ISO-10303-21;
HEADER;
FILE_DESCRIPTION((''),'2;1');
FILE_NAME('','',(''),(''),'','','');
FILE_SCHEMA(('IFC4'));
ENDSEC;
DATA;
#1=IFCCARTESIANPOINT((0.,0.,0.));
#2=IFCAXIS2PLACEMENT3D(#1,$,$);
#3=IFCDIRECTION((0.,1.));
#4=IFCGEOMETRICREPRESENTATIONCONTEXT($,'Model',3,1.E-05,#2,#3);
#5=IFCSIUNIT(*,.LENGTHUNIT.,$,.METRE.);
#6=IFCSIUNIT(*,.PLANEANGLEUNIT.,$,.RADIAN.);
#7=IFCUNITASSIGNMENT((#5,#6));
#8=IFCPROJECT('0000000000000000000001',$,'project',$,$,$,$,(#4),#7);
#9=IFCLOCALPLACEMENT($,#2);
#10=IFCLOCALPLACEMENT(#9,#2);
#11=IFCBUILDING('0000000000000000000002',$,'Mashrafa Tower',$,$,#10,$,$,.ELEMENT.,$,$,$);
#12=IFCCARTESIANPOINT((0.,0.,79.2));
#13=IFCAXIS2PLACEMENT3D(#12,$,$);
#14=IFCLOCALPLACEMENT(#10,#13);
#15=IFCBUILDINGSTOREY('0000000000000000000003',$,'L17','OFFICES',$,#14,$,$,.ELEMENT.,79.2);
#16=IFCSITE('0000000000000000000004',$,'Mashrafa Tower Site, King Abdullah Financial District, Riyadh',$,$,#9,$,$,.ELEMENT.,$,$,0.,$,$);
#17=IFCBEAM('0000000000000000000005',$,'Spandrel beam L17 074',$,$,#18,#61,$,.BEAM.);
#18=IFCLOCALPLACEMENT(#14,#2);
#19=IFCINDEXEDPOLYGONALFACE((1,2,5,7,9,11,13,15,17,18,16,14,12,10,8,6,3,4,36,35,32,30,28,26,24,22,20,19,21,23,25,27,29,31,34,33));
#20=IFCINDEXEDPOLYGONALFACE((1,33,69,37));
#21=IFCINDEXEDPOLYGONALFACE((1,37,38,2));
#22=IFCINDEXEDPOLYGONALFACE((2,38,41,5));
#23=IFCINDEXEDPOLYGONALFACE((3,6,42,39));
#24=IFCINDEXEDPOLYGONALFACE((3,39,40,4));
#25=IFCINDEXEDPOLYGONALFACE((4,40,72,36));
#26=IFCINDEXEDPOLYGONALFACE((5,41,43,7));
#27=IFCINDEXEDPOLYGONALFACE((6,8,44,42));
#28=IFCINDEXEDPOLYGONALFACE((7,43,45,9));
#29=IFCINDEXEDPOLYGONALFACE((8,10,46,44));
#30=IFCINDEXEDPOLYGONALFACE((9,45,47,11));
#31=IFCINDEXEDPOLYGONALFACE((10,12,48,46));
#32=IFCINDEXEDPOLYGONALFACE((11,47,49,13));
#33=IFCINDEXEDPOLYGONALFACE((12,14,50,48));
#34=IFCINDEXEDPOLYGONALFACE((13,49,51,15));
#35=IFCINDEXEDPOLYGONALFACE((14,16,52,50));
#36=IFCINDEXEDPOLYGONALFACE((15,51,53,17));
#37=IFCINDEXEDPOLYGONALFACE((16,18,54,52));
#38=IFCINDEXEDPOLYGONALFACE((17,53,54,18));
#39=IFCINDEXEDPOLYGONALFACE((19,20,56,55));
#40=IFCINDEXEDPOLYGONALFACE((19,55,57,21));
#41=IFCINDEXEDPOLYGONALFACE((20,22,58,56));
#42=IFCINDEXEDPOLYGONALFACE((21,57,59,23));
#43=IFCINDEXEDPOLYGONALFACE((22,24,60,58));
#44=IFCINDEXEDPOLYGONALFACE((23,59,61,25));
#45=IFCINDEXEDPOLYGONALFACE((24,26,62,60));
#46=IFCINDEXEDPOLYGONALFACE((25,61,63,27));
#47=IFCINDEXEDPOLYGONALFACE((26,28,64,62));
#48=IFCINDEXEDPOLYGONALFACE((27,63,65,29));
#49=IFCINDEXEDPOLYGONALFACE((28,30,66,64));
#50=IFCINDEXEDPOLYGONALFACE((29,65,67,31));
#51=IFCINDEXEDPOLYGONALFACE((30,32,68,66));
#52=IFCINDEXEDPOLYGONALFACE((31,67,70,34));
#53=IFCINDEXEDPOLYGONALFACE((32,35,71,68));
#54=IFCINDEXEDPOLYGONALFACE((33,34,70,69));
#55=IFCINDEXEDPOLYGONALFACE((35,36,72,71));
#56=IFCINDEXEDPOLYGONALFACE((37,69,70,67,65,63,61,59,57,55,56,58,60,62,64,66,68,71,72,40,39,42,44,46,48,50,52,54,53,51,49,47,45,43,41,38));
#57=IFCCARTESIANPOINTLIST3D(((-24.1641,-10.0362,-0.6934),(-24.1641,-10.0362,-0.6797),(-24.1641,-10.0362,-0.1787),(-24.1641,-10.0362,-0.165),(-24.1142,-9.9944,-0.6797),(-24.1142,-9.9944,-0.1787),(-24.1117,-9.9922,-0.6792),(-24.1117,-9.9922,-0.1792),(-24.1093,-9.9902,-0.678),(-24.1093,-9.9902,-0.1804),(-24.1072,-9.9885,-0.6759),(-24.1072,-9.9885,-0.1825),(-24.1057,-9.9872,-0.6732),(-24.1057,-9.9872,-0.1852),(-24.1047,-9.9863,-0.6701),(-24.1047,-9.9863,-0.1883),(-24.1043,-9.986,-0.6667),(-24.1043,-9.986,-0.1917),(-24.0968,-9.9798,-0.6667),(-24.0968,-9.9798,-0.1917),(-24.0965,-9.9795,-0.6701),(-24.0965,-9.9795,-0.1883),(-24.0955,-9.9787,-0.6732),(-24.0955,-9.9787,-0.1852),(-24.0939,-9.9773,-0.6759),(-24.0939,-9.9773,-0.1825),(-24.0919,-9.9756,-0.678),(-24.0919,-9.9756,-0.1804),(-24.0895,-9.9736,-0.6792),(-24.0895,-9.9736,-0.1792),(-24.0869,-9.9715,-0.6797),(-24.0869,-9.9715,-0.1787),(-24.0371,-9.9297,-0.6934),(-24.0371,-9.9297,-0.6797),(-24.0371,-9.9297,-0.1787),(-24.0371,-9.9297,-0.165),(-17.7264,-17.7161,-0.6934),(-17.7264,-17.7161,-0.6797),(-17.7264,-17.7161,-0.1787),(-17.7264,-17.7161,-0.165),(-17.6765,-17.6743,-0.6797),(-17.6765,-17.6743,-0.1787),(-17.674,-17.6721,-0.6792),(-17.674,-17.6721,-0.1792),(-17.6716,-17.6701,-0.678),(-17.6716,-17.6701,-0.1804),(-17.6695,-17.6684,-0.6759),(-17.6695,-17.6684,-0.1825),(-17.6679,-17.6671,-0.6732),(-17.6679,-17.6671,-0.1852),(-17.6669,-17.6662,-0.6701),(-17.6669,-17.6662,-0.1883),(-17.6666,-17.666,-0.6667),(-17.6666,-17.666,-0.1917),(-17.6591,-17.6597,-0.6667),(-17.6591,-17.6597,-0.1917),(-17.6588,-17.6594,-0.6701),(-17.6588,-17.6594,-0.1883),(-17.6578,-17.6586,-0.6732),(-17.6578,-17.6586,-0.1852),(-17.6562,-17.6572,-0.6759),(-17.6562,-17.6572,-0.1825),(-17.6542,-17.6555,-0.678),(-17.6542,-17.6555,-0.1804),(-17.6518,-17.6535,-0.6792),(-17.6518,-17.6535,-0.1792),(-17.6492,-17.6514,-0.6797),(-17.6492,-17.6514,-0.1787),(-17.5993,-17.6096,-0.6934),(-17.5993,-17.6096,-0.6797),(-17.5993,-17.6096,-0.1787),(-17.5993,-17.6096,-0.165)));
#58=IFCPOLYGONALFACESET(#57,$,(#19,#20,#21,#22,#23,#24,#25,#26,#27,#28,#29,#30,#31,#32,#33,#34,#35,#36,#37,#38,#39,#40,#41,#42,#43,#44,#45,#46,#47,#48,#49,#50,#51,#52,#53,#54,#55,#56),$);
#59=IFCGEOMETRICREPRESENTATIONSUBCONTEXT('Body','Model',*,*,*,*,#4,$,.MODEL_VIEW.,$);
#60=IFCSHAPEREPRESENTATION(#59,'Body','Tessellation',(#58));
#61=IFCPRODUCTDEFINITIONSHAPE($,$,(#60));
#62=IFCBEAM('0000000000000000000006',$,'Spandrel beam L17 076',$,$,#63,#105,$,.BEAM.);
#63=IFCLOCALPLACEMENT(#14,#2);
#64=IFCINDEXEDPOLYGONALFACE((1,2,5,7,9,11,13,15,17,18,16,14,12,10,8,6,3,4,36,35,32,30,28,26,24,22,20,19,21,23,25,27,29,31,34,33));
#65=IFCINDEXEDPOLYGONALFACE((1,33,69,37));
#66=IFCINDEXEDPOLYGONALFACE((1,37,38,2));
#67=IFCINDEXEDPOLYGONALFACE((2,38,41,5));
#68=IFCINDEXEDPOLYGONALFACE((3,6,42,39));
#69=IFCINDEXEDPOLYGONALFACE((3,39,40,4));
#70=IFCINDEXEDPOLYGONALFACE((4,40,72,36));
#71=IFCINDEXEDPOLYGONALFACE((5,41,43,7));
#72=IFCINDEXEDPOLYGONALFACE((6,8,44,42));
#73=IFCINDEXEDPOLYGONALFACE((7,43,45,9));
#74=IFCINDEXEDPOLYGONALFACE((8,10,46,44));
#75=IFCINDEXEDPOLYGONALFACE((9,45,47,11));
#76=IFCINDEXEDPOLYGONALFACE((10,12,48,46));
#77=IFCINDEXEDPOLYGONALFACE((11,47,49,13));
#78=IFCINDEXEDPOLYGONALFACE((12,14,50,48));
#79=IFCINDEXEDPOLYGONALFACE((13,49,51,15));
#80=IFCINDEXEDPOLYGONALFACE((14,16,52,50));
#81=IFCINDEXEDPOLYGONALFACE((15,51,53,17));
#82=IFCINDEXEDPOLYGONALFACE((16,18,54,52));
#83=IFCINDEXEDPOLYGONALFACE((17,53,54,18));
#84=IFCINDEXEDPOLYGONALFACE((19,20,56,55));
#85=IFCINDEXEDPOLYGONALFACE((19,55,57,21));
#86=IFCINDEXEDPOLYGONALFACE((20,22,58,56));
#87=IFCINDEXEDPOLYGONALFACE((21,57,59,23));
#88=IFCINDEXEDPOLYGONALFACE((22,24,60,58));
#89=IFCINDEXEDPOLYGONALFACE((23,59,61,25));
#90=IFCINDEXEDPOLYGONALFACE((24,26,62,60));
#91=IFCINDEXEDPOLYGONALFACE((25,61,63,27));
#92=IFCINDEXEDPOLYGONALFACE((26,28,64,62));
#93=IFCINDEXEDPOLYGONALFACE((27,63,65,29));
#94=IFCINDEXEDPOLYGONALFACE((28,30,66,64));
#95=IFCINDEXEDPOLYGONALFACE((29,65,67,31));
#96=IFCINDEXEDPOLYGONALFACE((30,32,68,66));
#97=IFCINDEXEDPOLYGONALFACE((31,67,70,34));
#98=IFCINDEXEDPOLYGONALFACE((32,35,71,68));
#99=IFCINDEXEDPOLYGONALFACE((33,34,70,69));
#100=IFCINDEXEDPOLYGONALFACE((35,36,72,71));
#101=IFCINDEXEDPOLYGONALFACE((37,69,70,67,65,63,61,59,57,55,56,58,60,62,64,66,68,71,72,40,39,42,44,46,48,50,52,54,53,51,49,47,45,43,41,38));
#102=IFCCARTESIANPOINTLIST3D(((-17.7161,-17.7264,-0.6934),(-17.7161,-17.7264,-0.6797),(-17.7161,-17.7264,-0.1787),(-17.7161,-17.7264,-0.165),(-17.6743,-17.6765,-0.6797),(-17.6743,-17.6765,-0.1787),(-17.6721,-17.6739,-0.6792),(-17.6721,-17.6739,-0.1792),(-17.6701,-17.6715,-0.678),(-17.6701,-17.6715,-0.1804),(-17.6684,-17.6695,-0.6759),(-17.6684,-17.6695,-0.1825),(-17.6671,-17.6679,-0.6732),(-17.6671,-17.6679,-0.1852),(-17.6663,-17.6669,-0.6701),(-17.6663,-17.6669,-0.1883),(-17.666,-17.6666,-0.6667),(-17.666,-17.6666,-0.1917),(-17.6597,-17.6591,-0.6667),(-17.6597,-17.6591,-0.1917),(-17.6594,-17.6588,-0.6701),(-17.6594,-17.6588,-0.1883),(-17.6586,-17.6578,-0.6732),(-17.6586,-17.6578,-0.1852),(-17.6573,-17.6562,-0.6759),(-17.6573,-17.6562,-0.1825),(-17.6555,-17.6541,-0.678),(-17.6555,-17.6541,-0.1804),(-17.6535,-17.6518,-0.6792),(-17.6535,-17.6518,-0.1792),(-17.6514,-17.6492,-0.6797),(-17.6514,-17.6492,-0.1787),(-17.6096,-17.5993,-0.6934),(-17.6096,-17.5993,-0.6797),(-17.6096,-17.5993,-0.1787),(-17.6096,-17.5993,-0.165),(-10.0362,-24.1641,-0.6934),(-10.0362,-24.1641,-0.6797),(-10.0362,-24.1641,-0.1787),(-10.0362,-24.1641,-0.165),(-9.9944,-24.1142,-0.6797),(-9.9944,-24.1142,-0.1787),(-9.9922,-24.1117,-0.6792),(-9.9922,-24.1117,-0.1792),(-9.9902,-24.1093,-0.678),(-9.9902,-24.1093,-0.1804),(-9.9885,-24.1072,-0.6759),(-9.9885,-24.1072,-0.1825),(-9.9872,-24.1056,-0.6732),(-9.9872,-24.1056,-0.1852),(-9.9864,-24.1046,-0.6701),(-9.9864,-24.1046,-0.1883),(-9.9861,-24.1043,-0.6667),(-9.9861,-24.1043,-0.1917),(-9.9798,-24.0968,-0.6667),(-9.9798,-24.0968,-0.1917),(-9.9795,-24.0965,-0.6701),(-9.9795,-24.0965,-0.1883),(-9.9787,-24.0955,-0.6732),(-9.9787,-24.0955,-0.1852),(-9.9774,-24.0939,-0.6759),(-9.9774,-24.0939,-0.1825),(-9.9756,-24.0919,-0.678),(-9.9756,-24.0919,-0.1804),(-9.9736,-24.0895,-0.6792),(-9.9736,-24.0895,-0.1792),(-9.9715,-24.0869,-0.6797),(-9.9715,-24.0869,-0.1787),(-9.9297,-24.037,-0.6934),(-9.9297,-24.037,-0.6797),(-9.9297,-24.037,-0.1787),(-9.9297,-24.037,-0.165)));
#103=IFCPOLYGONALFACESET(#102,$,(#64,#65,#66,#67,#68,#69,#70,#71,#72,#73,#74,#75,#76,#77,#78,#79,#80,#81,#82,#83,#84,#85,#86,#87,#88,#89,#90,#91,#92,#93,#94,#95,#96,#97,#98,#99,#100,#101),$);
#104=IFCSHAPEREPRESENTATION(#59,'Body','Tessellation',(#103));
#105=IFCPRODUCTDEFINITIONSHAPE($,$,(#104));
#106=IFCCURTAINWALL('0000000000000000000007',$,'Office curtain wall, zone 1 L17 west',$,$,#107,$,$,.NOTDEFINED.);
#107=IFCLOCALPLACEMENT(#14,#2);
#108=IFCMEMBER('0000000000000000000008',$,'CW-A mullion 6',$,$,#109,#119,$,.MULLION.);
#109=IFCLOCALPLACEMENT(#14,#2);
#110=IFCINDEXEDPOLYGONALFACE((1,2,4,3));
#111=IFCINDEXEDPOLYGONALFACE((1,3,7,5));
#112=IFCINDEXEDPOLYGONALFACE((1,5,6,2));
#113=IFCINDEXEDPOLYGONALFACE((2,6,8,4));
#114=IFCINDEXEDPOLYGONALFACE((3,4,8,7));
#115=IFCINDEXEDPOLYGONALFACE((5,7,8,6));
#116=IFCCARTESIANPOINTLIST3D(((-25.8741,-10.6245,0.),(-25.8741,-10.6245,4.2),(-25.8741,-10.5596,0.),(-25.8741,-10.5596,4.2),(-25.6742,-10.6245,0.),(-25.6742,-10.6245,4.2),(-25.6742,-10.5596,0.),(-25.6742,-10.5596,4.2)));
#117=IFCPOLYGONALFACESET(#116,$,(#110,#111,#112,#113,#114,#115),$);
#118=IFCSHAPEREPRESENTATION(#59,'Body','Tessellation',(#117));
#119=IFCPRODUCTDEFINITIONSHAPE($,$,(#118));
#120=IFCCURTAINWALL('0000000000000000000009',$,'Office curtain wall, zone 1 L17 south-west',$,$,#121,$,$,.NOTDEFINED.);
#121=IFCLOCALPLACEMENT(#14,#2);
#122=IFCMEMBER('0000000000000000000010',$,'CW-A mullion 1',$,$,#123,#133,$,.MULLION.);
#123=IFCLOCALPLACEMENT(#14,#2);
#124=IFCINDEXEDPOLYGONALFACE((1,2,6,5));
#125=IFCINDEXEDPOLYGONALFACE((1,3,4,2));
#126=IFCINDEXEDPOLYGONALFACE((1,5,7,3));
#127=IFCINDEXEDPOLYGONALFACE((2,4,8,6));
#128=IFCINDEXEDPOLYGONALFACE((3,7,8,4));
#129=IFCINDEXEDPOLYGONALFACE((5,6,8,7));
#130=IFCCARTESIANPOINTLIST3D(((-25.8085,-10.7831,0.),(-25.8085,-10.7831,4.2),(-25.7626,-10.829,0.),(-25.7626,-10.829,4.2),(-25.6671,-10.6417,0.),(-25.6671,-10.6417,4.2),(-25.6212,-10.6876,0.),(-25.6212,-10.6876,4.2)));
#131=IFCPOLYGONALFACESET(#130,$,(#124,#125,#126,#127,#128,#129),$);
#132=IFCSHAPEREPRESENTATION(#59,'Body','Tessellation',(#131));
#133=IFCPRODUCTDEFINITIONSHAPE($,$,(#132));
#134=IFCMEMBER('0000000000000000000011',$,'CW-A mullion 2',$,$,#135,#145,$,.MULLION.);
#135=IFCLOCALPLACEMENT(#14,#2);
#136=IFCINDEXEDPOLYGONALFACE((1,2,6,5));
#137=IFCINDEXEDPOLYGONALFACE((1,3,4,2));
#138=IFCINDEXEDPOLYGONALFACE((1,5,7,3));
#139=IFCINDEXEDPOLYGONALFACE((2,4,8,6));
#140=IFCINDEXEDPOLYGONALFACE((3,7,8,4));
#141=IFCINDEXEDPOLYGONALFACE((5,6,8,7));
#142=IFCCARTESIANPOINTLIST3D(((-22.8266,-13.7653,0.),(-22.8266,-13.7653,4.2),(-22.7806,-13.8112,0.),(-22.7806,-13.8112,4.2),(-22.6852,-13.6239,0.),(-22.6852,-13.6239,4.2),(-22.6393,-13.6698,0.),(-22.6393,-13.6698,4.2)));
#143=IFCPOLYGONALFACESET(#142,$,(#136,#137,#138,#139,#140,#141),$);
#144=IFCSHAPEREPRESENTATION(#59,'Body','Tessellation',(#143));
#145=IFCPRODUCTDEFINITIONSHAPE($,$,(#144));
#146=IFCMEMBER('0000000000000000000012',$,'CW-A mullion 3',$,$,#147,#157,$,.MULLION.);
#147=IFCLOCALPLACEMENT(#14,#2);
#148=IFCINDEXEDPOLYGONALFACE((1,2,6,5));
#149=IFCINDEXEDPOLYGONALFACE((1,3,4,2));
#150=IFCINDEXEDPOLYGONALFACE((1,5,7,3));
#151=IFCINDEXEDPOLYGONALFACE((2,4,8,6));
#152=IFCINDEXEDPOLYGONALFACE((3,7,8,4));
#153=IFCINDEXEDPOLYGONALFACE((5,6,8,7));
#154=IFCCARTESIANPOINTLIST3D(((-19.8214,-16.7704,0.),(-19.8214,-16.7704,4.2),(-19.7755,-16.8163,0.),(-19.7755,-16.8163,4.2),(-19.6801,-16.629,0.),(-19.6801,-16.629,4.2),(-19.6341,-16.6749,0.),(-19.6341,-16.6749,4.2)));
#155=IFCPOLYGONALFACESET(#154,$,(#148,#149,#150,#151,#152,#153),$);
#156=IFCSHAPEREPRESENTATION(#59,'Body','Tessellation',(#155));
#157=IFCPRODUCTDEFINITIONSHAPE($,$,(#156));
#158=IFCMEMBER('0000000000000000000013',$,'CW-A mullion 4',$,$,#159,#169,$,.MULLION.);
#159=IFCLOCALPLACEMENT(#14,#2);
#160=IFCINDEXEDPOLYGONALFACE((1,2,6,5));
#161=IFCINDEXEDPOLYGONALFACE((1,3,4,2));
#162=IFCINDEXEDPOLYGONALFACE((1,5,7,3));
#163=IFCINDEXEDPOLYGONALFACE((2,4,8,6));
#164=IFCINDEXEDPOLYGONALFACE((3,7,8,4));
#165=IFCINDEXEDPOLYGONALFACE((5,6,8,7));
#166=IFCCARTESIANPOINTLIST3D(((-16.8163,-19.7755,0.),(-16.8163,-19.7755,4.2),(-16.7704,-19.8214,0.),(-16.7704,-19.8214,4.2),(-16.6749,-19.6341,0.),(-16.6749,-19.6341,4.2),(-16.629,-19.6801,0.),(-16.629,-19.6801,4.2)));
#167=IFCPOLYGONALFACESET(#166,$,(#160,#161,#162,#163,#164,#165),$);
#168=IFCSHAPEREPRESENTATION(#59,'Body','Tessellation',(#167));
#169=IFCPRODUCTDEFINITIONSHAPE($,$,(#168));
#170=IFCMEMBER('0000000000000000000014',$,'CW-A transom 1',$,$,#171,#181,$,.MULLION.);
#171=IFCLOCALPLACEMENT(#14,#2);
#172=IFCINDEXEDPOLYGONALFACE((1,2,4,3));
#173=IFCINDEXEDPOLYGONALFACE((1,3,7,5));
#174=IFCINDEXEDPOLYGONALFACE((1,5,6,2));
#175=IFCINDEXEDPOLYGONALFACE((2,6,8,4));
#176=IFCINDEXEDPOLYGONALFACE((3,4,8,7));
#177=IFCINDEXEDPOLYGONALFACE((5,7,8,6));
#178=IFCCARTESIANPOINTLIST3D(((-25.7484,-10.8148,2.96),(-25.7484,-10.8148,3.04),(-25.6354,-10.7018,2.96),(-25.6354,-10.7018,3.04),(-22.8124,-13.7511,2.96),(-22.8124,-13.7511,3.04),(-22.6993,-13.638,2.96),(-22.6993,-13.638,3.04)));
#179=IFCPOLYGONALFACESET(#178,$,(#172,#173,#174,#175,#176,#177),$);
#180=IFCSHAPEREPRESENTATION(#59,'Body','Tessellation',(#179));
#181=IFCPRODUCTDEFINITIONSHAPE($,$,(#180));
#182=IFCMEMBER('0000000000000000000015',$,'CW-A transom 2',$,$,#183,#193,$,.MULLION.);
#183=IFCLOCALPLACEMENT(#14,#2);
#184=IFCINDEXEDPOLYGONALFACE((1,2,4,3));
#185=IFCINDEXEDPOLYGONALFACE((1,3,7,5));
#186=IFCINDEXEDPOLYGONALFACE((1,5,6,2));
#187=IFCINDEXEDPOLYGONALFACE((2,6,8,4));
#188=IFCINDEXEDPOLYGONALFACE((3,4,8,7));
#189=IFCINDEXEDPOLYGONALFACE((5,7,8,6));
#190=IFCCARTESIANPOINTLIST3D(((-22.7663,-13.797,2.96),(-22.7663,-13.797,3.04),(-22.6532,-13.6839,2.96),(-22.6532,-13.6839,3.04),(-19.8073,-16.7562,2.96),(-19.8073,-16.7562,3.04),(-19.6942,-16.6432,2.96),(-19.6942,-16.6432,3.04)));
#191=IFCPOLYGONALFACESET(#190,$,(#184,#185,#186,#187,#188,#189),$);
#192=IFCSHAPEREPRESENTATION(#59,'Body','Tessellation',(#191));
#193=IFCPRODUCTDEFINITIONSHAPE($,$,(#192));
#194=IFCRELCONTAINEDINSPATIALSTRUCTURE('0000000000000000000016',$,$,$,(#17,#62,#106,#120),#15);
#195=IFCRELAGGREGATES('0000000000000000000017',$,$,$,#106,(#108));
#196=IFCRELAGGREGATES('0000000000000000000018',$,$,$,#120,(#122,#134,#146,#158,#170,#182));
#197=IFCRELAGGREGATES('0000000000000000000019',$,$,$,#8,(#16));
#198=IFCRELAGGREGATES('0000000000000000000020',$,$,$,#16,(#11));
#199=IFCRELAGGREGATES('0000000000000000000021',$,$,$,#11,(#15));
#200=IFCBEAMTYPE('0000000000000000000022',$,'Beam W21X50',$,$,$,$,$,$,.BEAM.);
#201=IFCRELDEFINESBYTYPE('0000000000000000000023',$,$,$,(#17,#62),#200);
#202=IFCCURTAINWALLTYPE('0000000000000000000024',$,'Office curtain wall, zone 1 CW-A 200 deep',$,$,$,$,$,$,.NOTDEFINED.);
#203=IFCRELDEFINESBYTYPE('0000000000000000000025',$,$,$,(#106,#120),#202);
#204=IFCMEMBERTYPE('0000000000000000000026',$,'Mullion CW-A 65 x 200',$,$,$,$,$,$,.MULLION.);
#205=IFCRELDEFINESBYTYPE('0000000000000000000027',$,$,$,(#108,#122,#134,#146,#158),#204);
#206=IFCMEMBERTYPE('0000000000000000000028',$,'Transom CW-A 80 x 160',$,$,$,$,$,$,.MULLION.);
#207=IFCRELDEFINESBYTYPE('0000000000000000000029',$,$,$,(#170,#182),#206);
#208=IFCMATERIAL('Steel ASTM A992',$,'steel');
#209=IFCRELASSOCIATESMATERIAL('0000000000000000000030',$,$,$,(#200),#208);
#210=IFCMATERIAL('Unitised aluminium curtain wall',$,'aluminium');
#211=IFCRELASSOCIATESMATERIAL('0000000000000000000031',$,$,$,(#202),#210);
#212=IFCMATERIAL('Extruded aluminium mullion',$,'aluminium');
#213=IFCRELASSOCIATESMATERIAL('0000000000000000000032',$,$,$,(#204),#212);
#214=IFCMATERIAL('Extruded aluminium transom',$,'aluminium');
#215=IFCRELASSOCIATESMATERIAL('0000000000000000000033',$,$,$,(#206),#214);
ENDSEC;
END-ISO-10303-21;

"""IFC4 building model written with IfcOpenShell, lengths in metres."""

from ifc_helpers import new_model, si_unit, direction, frame, origin, origin_2d, place, context, subcontext, project, spatial, rectangle, i_section, extrude, source, transform, mapped, material, material_profile, profile_set, type_object, type_shapes, element, aggregate, save


model = new_model("IFC4")

# Units and contexts
model_context = context("Model", 3, precision=1e-05, world=origin(), true_north=direction((0.0, 1.0)))
body_context = subcontext(model_context, "Body", "Model", "MODEL_VIEW")
ifc_project = project(units=[si_unit("LENGTHUNIT", "METRE"), si_unit("PLANEANGLEUNIT", "RADIAN")], contexts=[model_context])

# Site, building, storey
site_placement = place(None, origin())
site = spatial("IfcSite", under=ifc_project, at=site_placement, Name="Mashrafa Tower Site, King Abdullah Financial District, Riyadh", CompositionType="ELEMENT", RefElevation=0.0)
building_placement = place(site_placement, origin())
building = spatial("IfcBuilding", under=site, at=building_placement, Name="Mashrafa Tower", CompositionType="ELEMENT")
storey_placement = place(building_placement, frame((0.0, 0.0, 79.2)))
storey = spatial("IfcBuildingStorey", under=building, at=storey_placement, Name="L17", Description="OFFICES", CompositionType="ELEMENT", Elevation=79.2)

# Beams
ifc_material_1 = material(Name="Steel ASTM A992", Category="steel")
ifc_material_profile_1 = material_profile(ifc_material_1, i_section(OverallWidth=0.1658, OverallDepth=0.5283, WebThickness=0.0098, FlangeThickness=0.0137, FilletRadius=0.0129, at=origin_2d()), Name="W21X50")
ifc_profile_set_1 = profile_set([ifc_material_profile_1], Name="Steel ASTM A992")
beam_type = type_object("IfcBeamType", Name="Beam W21X50", PredefinedType="BEAM", material=ifc_profile_set_1)
for number, where, z_axis, x_axis, name in (
    (1, (-24.1006, -9.9829, -0.4292), (0.642408, -0.766363, 0.0), (0.766363, 0.642408, 0.0), "Spandrel beam L17 074"),
    (2, (-17.6628, -17.6628, -0.4292), (0.766363, -0.642408, 0.0), (0.642408, 0.766363, 0.0), "Spandrel beam L17 076"),
):
    element("IfcBeam", number, at=place(storey_placement, frame(where, z_axis=z_axis, x_axis=x_axis)), inside=storey, type_object=beam_type, Name=name, PredefinedType="BEAM", context=body_context, shape_type="SweptSolid", body=[
        extrude(i_section(OverallWidth=0.1658, OverallDepth=0.5283, WebThickness=0.0098, FlangeThickness=0.0137, FilletRadius=0.0129, at=origin_2d()), origin(), (0.0, 0.0, 1.0), 10.0212),
    ])

# Curtain wall, member
ifc_material_2 = material(Name="Unitised aluminium curtain wall", Category="aluminium")
curtain_wall_type = type_object("IfcCurtainWallType", Name="Office curtain wall, zone 1 CW-A 200 deep", PredefinedType="NOTDEFINED", material=ifc_material_2)
curtain_wall_1_placement = place(storey_placement, origin())
curtain_wall_1 = element("IfcCurtainWall", 3, at=curtain_wall_1_placement, inside=storey, type_object=curtain_wall_type, Name="Office curtain wall, zone 1 L17 west", PredefinedType="NOTDEFINED")
ifc_material_3 = material(Name="Extruded aluminium mullion", Category="aluminium")
ifc_material_profile_2 = material_profile(ifc_material_3, rectangle(XDim=0.2, YDim=0.0649, at=origin_2d()), Name="Mullion 65x200")
ifc_profile_set_2 = profile_set([ifc_material_profile_2], Name="Extruded aluminium mullion")
member_type_1 = type_object("IfcMemberType", Name="Mullion CW-A 65 x 200", PredefinedType="MULLION", material=ifc_profile_set_2)
shared_shape_1 = source(origin(), body_context, "Body", "SweptSolid", [
    extrude(rectangle(XDim=0.2, YDim=0.0649, at=origin_2d()), origin(), (0.0, 0.0, 1.0), 4.2),
])
type_shapes(member_type_1, [shared_shape_1])
member_1_placement = place(storey_placement, frame((-25.7742, -10.592, 0.0), z_axis=(0.0, 0.0, 1.0), x_axis=(1.0, 0.0, 0.0)))
member_1 = element("IfcMember", 4, at=member_1_placement, type_object=member_type_1, Name="CW-A mullion 6", PredefinedType="MULLION", context=body_context, shape_type="MappedRepresentation", body=[
    mapped(shared_shape_1, transform((0.0, 0.0, 0.0))),
])
aggregate(curtain_wall_1, [member_1])

# Curtain wall, members
curtain_wall_2_placement = place(storey_placement, origin())
curtain_wall_2 = element("IfcCurtainWall", 5, at=curtain_wall_2_placement, inside=storey, type_object=curtain_wall_type, Name="Office curtain wall, zone 1 L17 south-west", PredefinedType="NOTDEFINED")
member_2_placement = place(storey_placement, frame((-25.7148, -10.7354, 0.0), z_axis=(0.0, 0.0, 1.0), x_axis=(0.707107, 0.707107, 0.0)))
member_2 = element("IfcMember", 6, at=member_2_placement, type_object=member_type_1, Name="CW-A mullion 1", PredefinedType="MULLION", context=body_context, shape_type="MappedRepresentation", body=[
    mapped(shared_shape_1, transform((0.0, 0.0, 0.0))),
])
member_3_placement = place(storey_placement, frame((-22.7329, -13.7175, 0.0), z_axis=(0.0, 0.0, 1.0), x_axis=(0.707107, 0.707107, 0.0)))
member_3 = element("IfcMember", 7, at=member_3_placement, type_object=member_type_1, Name="CW-A mullion 2", PredefinedType="MULLION", context=body_context, shape_type="MappedRepresentation", body=[
    mapped(shared_shape_1, transform((0.0, 0.0, 0.0))),
])
member_4_placement = place(storey_placement, frame((-19.7278, -16.7227, 0.0), z_axis=(0.0, 0.0, 1.0), x_axis=(0.707107, 0.707107, 0.0)))
member_4 = element("IfcMember", 8, at=member_4_placement, type_object=member_type_1, Name="CW-A mullion 3", PredefinedType="MULLION", context=body_context, shape_type="MappedRepresentation", body=[
    mapped(shared_shape_1, transform((0.0, 0.0, 0.0))),
])
member_5_placement = place(storey_placement, frame((-16.7227, -19.7278, 0.0), z_axis=(0.0, 0.0, 1.0), x_axis=(0.707107, 0.707107, 0.0)))
member_5 = element("IfcMember", 9, at=member_5_placement, type_object=member_type_1, Name="CW-A mullion 4", PredefinedType="MULLION", context=body_context, shape_type="MappedRepresentation", body=[
    mapped(shared_shape_1, transform((0.0, 0.0, 0.0))),
])
ifc_material_4 = material(Name="Extruded aluminium transom", Category="aluminium")
ifc_material_profile_3 = material_profile(ifc_material_4, rectangle(XDim=0.1599, YDim=0.0801, at=origin_2d()), Name="Transom 80x160")
ifc_profile_set_3 = profile_set([ifc_material_profile_3], Name="Extruded aluminium transom")
member_type_2 = type_object("IfcMemberType", Name="Transom CW-A 80 x 160", PredefinedType="MULLION", material=ifc_profile_set_3)
shared_shape_2 = source(origin(), body_context, "Body", "SweptSolid", [
    extrude(rectangle(XDim=0.1599, YDim=0.0801, at=origin_2d()), origin(), (0.0, 0.0, 1.0), 4.1523),
])
member_6_placement = place(storey_placement, frame((-25.6919, -10.7583, 3.0), z_axis=(0.707077, -0.707136, 0.0), x_axis=(0.707136, 0.707077, 0.0)))
member_6 = element("IfcMember", 10, at=member_6_placement, type_object=member_type_2, Name="CW-A transom 1", PredefinedType="MULLION", context=body_context, shape_type="MappedRepresentation", body=[
    mapped(shared_shape_2, transform((0.0, 0.0, 0.0))),
])
shared_shape_3 = source(origin(), body_context, "Body", "SweptSolid", [
    extrude(rectangle(XDim=0.1599, YDim=0.0801, at=origin_2d()), origin(), (0.0, 0.0, 1.0), 4.1848),
])
member_7_placement = place(storey_placement, frame((-22.7097, -13.7405, 3.0), z_axis=(0.707078, -0.707136, 0.0), x_axis=(0.707136, 0.707078, 0.0)))
member_7 = element("IfcMember", 11, at=member_7_placement, type_object=member_type_2, Name="CW-A transom 2", PredefinedType="MULLION", context=body_context, shape_type="MappedRepresentation", body=[
    mapped(shared_shape_3, transform((0.0, 0.0, 0.0))),
])
aggregate(curtain_wall_2, [member_2, member_3, member_4, member_5, member_6, member_7])

save(model, "model.ifc")
